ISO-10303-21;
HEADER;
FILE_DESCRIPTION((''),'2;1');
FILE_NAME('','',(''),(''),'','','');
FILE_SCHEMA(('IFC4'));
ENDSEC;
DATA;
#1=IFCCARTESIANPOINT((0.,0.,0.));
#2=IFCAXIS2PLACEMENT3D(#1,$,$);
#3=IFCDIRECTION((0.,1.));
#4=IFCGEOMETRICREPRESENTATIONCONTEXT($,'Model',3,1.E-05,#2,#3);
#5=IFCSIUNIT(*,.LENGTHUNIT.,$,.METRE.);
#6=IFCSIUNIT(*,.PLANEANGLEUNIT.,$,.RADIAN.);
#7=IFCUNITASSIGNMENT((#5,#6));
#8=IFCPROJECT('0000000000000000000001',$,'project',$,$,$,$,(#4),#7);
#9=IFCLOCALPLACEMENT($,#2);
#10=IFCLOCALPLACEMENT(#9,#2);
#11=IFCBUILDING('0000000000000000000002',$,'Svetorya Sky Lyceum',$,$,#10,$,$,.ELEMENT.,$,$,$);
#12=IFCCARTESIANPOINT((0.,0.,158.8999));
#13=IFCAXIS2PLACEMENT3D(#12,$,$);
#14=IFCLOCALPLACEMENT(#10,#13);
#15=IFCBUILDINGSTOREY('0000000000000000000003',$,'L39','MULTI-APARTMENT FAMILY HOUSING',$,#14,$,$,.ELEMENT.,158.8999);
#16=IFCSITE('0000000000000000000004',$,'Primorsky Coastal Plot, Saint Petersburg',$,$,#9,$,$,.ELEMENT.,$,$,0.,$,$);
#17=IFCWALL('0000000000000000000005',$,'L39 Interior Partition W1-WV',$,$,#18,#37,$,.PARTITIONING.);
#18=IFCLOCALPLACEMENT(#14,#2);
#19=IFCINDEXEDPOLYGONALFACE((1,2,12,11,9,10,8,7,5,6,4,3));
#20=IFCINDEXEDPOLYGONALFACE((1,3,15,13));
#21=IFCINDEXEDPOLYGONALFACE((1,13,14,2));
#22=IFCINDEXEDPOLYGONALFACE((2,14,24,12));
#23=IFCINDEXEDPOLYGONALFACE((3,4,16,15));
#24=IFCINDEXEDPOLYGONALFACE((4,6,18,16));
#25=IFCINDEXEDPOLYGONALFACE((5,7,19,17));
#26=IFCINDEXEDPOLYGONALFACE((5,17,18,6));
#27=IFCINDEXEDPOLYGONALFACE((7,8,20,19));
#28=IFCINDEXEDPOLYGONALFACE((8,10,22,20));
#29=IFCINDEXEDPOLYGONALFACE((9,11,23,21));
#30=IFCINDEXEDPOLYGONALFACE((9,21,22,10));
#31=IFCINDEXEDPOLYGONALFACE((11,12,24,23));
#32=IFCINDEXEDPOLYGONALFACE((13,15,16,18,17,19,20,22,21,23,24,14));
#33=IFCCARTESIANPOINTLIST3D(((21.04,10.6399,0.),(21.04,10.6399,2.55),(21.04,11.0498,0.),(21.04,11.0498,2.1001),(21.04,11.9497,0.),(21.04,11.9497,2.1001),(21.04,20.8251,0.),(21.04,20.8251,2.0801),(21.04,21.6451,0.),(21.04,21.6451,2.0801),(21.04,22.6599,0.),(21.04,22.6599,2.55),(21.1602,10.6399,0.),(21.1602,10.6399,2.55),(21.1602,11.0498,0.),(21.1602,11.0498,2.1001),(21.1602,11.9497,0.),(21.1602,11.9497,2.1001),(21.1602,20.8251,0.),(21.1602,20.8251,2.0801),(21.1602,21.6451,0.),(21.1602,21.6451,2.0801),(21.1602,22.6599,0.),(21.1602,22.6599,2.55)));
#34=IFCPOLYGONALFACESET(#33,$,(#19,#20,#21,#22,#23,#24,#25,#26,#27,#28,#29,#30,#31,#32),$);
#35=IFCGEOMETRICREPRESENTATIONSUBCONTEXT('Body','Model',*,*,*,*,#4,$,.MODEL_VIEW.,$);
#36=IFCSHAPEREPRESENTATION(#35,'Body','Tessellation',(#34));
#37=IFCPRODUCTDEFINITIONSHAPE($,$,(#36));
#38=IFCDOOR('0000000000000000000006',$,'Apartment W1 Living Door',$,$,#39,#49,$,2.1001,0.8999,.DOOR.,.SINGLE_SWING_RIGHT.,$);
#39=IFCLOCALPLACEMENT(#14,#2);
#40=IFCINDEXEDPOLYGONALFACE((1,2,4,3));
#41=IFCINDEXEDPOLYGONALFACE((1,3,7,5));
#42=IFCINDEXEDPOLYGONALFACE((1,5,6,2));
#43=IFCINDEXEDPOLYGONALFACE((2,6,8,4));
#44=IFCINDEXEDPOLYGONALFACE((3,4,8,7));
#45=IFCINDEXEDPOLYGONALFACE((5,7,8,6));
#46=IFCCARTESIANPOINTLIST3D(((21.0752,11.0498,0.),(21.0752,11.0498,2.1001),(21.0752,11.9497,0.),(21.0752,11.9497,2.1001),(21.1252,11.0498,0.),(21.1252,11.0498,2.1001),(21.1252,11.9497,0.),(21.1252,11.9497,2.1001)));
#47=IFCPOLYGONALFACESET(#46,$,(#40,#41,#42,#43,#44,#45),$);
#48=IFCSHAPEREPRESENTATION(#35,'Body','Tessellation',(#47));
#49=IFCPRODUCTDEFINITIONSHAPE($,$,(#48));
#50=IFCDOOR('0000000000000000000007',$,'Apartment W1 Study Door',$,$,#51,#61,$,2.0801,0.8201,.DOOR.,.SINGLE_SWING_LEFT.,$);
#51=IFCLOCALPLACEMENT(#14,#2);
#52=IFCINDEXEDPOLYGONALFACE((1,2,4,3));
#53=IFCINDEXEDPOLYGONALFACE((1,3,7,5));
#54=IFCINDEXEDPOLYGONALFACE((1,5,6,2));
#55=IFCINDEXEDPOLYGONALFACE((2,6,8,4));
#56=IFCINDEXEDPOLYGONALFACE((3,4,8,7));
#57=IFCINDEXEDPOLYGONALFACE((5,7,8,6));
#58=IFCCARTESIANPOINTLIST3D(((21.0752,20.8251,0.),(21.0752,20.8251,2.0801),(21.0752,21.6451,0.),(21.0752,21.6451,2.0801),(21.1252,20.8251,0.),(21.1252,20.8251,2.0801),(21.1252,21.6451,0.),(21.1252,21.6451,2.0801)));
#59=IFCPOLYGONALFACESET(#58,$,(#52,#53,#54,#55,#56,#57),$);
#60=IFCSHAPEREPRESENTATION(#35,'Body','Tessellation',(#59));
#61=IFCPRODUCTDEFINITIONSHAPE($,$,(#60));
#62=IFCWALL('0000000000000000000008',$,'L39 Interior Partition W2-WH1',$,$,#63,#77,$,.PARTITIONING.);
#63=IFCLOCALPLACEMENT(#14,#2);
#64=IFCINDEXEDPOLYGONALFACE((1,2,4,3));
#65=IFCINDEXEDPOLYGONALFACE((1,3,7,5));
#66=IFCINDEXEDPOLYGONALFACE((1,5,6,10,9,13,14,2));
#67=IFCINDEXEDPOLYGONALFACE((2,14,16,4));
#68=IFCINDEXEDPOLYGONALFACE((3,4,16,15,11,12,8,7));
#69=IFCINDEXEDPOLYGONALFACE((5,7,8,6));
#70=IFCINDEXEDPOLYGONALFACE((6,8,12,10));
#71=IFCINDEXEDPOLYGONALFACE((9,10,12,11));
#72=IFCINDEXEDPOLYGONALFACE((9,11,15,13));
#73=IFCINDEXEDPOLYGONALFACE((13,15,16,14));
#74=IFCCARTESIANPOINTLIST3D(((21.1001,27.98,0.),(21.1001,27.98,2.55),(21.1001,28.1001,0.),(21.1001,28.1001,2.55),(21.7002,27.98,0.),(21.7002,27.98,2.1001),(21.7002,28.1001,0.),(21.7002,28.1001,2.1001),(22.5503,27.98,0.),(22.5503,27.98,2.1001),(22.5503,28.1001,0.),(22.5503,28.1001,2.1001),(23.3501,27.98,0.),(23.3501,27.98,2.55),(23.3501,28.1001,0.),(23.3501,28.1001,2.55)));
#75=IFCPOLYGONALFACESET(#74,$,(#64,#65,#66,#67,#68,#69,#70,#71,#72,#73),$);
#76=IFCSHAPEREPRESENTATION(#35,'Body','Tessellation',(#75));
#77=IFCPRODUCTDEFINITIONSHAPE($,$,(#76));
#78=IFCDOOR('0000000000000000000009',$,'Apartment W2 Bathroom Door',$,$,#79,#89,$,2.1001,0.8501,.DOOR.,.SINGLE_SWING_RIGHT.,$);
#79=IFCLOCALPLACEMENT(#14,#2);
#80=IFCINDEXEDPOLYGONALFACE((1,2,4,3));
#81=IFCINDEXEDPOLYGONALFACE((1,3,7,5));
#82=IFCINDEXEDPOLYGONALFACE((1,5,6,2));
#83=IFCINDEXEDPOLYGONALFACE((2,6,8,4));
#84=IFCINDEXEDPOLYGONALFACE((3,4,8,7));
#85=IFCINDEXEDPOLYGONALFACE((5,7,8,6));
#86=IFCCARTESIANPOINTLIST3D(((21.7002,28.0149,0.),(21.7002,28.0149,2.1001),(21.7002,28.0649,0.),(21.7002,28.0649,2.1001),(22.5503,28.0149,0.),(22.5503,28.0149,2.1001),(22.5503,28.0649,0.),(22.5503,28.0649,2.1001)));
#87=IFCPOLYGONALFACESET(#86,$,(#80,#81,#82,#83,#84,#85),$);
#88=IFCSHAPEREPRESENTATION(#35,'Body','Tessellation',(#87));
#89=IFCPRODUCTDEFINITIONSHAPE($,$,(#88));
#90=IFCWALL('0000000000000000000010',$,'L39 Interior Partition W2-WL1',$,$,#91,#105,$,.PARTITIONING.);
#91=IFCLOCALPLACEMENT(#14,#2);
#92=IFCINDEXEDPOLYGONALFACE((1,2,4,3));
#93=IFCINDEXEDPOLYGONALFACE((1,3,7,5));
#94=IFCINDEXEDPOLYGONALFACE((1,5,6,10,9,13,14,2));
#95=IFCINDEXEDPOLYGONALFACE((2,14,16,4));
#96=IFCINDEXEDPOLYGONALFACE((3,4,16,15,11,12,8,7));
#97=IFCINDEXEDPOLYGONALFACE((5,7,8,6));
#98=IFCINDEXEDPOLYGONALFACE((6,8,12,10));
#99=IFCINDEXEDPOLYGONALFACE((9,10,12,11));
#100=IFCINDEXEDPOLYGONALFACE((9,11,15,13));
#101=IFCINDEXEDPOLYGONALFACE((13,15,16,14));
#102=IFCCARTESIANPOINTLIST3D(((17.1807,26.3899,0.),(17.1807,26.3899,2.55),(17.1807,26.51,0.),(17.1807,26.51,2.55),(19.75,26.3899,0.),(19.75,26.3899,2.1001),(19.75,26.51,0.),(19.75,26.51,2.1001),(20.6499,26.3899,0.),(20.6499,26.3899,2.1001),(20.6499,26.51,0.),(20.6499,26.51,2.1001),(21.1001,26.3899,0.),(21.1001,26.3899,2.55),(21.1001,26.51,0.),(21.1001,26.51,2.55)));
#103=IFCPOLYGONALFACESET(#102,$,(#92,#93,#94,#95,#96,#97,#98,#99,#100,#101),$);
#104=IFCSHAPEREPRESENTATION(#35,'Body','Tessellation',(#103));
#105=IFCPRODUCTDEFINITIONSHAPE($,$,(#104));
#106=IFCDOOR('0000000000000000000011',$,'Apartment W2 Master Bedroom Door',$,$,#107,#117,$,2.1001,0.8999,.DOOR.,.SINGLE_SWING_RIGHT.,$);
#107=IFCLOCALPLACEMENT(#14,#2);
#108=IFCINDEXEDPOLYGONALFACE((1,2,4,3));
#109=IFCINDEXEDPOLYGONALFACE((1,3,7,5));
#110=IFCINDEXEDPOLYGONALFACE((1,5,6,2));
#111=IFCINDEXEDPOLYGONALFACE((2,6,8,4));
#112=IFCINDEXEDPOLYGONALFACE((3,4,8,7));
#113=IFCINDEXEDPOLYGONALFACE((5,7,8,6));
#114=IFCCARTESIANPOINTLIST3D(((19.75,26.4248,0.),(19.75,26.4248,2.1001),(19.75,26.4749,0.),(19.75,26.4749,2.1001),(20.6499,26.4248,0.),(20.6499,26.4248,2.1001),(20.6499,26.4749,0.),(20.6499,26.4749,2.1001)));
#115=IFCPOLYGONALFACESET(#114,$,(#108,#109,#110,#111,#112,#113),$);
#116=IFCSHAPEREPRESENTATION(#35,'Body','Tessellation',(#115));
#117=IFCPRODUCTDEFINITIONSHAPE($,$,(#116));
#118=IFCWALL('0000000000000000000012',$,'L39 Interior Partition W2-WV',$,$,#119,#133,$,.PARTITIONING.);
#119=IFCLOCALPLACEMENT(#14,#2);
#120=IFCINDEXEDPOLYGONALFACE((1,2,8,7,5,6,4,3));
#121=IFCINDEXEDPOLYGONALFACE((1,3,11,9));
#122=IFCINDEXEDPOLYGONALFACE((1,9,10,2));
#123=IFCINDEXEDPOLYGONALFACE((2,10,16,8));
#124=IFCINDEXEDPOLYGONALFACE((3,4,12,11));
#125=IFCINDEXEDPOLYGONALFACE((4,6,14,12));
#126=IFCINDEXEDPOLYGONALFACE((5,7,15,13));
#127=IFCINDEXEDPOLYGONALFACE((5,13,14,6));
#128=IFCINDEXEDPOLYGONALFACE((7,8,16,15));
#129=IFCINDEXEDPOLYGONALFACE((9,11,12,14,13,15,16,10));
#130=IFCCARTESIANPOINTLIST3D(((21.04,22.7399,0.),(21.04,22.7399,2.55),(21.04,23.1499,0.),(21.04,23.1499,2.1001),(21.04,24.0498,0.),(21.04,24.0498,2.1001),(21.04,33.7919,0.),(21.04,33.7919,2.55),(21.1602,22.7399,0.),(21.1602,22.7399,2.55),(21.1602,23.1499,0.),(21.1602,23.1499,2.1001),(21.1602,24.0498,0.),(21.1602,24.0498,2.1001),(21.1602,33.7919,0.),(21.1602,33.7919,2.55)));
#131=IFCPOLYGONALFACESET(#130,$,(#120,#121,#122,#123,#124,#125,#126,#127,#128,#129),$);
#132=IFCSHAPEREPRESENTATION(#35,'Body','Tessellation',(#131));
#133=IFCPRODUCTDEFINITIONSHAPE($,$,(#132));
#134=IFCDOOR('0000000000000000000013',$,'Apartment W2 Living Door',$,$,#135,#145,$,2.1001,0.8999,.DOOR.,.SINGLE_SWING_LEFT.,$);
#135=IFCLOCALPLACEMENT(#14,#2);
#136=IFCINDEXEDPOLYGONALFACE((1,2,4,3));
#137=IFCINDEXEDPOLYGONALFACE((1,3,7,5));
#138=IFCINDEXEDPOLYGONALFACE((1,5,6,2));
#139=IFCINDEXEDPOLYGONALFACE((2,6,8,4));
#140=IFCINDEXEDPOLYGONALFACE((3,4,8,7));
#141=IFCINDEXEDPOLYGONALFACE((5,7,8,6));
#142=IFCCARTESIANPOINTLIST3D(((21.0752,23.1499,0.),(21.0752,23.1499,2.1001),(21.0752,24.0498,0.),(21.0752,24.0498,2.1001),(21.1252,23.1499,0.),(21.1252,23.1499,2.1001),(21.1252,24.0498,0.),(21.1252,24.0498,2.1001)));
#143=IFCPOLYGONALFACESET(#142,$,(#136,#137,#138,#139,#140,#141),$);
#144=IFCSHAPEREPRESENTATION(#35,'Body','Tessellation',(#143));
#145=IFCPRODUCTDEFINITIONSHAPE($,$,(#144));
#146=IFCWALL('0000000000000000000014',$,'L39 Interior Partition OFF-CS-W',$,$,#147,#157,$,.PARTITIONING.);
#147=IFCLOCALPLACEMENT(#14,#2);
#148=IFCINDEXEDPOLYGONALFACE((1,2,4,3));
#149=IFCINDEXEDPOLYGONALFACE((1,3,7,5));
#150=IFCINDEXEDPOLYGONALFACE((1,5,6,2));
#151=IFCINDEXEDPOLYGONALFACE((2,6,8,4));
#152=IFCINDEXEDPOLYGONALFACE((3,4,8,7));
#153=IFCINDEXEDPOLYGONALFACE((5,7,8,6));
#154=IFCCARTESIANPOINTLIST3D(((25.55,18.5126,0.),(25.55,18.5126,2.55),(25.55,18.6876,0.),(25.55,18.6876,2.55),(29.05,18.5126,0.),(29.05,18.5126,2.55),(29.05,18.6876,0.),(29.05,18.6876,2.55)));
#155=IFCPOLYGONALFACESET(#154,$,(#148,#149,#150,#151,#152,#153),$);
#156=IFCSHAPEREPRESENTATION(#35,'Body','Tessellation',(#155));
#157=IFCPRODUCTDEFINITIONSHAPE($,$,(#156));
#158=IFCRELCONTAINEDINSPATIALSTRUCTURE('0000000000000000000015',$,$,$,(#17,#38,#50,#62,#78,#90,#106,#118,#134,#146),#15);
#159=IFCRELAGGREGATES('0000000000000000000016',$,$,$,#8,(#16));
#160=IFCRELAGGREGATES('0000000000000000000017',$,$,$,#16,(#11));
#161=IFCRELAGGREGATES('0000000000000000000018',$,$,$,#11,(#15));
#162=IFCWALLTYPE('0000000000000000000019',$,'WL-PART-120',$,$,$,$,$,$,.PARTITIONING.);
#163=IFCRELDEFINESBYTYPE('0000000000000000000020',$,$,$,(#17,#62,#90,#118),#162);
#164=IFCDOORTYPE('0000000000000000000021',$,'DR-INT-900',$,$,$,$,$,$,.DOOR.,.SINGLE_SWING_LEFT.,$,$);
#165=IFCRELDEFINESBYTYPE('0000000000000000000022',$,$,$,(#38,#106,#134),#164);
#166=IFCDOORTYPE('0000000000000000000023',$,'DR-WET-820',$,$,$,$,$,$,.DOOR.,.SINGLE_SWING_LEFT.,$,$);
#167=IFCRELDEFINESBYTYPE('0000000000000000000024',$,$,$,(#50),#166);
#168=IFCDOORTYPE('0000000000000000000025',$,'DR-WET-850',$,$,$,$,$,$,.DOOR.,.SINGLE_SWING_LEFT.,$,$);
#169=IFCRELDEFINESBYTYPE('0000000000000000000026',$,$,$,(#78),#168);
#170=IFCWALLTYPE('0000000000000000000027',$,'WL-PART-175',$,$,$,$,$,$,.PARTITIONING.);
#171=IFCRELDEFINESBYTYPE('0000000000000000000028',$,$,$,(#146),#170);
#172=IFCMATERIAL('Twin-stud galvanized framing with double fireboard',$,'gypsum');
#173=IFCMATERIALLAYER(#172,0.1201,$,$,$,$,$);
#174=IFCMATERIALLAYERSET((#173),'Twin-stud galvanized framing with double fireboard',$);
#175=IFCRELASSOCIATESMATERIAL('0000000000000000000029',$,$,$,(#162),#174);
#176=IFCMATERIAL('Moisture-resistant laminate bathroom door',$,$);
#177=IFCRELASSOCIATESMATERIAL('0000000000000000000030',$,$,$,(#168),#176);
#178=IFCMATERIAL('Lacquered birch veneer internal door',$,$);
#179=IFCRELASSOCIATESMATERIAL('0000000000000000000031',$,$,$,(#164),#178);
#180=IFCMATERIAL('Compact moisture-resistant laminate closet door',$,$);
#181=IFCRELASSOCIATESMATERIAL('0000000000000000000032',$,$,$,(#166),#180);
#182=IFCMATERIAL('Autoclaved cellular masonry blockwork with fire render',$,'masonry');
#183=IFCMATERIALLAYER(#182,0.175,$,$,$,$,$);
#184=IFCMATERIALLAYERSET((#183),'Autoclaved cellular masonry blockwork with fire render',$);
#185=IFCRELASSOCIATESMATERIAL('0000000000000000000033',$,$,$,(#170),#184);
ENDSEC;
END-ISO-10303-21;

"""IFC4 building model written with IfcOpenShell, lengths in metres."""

from ifc_helpers import new_model, si_unit, direction, frame, frame_2d, origin, place, context, subcontext, project, spatial, rectangle, extrude, material, layer, layer_set, type_object, element, fill, save


model = new_model("IFC4")

# Units and contexts
model_context = context("Model", 3, precision=1e-05, world=origin(), true_north=direction((0.0, 1.0)))
body_context = subcontext(model_context, "Body", "Model", "MODEL_VIEW")
ifc_project = project(units=[si_unit("LENGTHUNIT", "METRE"), si_unit("PLANEANGLEUNIT", "RADIAN")], contexts=[model_context])

# Site, building, storey
site_placement = place(None, origin())
site = spatial("IfcSite", under=ifc_project, at=site_placement, Name="Primorsky Coastal Plot, Saint Petersburg", CompositionType="ELEMENT", RefElevation=0.0)
building_placement = place(site_placement, origin())
building = spatial("IfcBuilding", under=site, at=building_placement, Name="Svetorya Sky Lyceum", CompositionType="ELEMENT")
storey_placement = place(building_placement, frame((0.0, 0.0, 158.8999)))
storey = spatial("IfcBuildingStorey", under=building, at=storey_placement, Name="L39", Description="MULTI-APARTMENT FAMILY HOUSING", CompositionType="ELEMENT", Elevation=158.8999)

# Shared definitions
ifc_material_1 = material(Name="Twin-stud galvanized framing with double fireboard", Category="gypsum")
ifc_layer_1 = layer(ifc_material_1, 0.1201)
ifc_layer_set_1 = layer_set([ifc_layer_1], Name="Twin-stud galvanized framing with double fireboard")
wall_type_1 = type_object("IfcWallType", Name="WL-PART-120", PredefinedType="PARTITIONING", material=ifc_layer_set_1)
ifc_material_2 = material(Name="Moisture-resistant laminate bathroom door")
door_type_1 = type_object("IfcDoorType", Name="DR-WET-850", OperationType="SINGLE_SWING_LEFT", PredefinedType="DOOR", material=ifc_material_2)
ifc_material_3 = material(Name="Lacquered birch veneer internal door")
door_type_2 = type_object("IfcDoorType", Name="DR-INT-900", OperationType="SINGLE_SWING_LEFT", PredefinedType="DOOR", material=ifc_material_3)

# Wall, openings, doors
wall_1_placement = place(storey_placement, frame((21.1001, 10.6399, 0.0), z_axis=(0.0, 0.0, 1.0), x_axis=(0.0, 1.0, 0.0)))
wall_1 = element("IfcWall", 1, at=wall_1_placement, inside=storey, type_object=wall_type_1, Name="L39 Interior Partition W1-WV", PredefinedType="PARTITIONING", context=body_context, shape_type="SweptSolid", body=[
    extrude(rectangle(XDim=12.02, YDim=0.1201, at=frame_2d((6.01, 0.0))), origin(), (0.0, 0.0, 1.0), 2.55),
])
opening_1_placement = place(wall_1_placement, frame((0.4099, 0.0, 0.0)))
opening_1 = element("IfcOpeningElement", 2, at=opening_1_placement, cuts=wall_1, PredefinedType="OPENING", context=body_context, shape_type="SweptSolid", body=[
    extrude(rectangle(XDim=0.8999, YDim=2.1001, at=frame_2d((0.45, 1.05))), frame((0.0, 0.0701, 0.0), z_axis=(0.0, -1.0, 0.0), x_axis=(1.0, 0.0, 0.0)), (0.0, 0.0, 1.0), 0.1401),
])
opening_2_placement = place(wall_1_placement, frame((10.1851, 0.0, 0.0)))
opening_2 = element("IfcOpeningElement", 3, at=opening_2_placement, cuts=wall_1, PredefinedType="OPENING", context=body_context, shape_type="SweptSolid", body=[
    extrude(rectangle(XDim=0.8201, YDim=2.0801, at=frame_2d((0.4102, 1.04))), frame((0.0, 0.0701, 0.0), z_axis=(0.0, -1.0, 0.0), x_axis=(1.0, 0.0, 0.0)), (0.0, 0.0, 1.0), 0.1401),
])
door_1_placement = place(opening_1_placement, origin())
door_1 = element("IfcDoor", 4, at=door_1_placement, inside=storey, type_object=door_type_2, Name="Apartment W1 Living Door", OperationType="SINGLE_SWING_RIGHT", OverallHeight=2.1001, OverallWidth=0.8999, PredefinedType="DOOR", context=body_context, shape_type="SweptSolid", body=[
    extrude(rectangle(XDim=0.8999, YDim=2.1001, at=frame_2d((0.45, 1.05))), frame((0.0, 0.0249, 0.0), z_axis=(0.0, -1.0, 0.0), x_axis=(1.0, 0.0, 0.0)), (0.0, 0.0, 1.0), 0.05),
])
fill(opening_1, door_1)
ifc_material_4 = material(Name="Compact moisture-resistant laminate closet door")
door_type_3 = type_object("IfcDoorType", Name="DR-WET-820", OperationType="SINGLE_SWING_LEFT", PredefinedType="DOOR", material=ifc_material_4)
door_2_placement = place(opening_2_placement, origin())
door_2 = element("IfcDoor", 5, at=door_2_placement, inside=storey, type_object=door_type_3, Name="Apartment W1 Study Door", OperationType="SINGLE_SWING_LEFT", OverallHeight=2.0801, OverallWidth=0.8201, PredefinedType="DOOR", context=body_context, shape_type="SweptSolid", body=[
    extrude(rectangle(XDim=0.8201, YDim=2.0801, at=frame_2d((0.4102, 1.04))), frame((0.0, 0.0249, 0.0), z_axis=(0.0, -1.0, 0.0), x_axis=(1.0, 0.0, 0.0)), (0.0, 0.0, 1.0), 0.05),
])
fill(opening_2, door_2)

# Walls, openings, doors
wall_2_placement = place(storey_placement, frame((21.1001, 28.04, 0.0), z_axis=(0.0, 0.0, 1.0), x_axis=(1.0, 0.0, 0.0)))
wall_2 = element("IfcWall", 6, at=wall_2_placement, inside=storey, type_object=wall_type_1, Name="L39 Interior Partition W2-WH1", PredefinedType="PARTITIONING", context=body_context, shape_type="SweptSolid", body=[
    extrude(rectangle(XDim=2.25, YDim=0.1201, at=frame_2d((1.125, 0.0))), origin(), (0.0, 0.0, 1.0), 2.55),
])
opening_3_placement = place(wall_2_placement, frame((0.6001, 0.0, 0.0)))
opening_3 = element("IfcOpeningElement", 7, at=opening_3_placement, cuts=wall_2, PredefinedType="OPENING", context=body_context, shape_type="SweptSolid", body=[
    extrude(rectangle(XDim=0.8501, YDim=2.1001, at=frame_2d((0.425, 1.05))), frame((0.0, 0.0701, 0.0), z_axis=(0.0, -1.0, 0.0), x_axis=(1.0, 0.0, 0.0)), (0.0, 0.0, 1.0), 0.1401),
])
door_3_placement = place(opening_3_placement, origin())
door_3 = element("IfcDoor", 8, at=door_3_placement, inside=storey, type_object=door_type_1, Name="Apartment W2 Bathroom Door", OperationType="SINGLE_SWING_RIGHT", OverallHeight=2.1001, OverallWidth=0.8501, PredefinedType="DOOR", context=body_context, shape_type="SweptSolid", body=[
    extrude(rectangle(XDim=0.8501, YDim=2.1001, at=frame_2d((0.425, 1.05))), frame((0.0, 0.0249, 0.0), z_axis=(0.0, -1.0, 0.0), x_axis=(1.0, 0.0, 0.0)), (0.0, 0.0, 1.0), 0.05),
])
fill(opening_3, door_3)
wall_3_placement = place(storey_placement, frame((17.1807, 26.45, 0.0), z_axis=(0.0, 0.0, 1.0), x_axis=(1.0, 0.0, 0.0)))
wall_3 = element("IfcWall", 9, at=wall_3_placement, inside=storey, type_object=wall_type_1, Name="L39 Interior Partition W2-WL1", PredefinedType="PARTITIONING", context=body_context, shape_type="SweptSolid", body=[
    extrude(rectangle(XDim=3.9194, YDim=0.1201, at=frame_2d((1.9597, 0.0))), origin(), (0.0, 0.0, 1.0), 2.55),
])
opening_4_placement = place(wall_3_placement, frame((2.5693, 0.0, 0.0)))
opening_4 = element("IfcOpeningElement", 10, at=opening_4_placement, cuts=wall_3, PredefinedType="OPENING", context=body_context, shape_type="SweptSolid", body=[
    extrude(rectangle(XDim=0.8999, YDim=2.1001, at=frame_2d((0.45, 1.05))), frame((0.0, 0.0701, 0.0), z_axis=(0.0, -1.0, 0.0), x_axis=(1.0, 0.0, 0.0)), (0.0, 0.0, 1.0), 0.1401),
])
door_4_placement = place(opening_4_placement, origin())
door_4 = element("IfcDoor", 11, at=door_4_placement, inside=storey, type_object=door_type_2, Name="Apartment W2 Master Bedroom Door", OperationType="SINGLE_SWING_RIGHT", OverallHeight=2.1001, OverallWidth=0.8999, PredefinedType="DOOR", context=body_context, shape_type="SweptSolid", body=[
    extrude(rectangle(XDim=0.8999, YDim=2.1001, at=frame_2d((0.45, 1.05))), frame((0.0, 0.0249, 0.0), z_axis=(0.0, -1.0, 0.0), x_axis=(1.0, 0.0, 0.0)), (0.0, 0.0, 1.0), 0.05),
])
fill(opening_4, door_4)
wall_4_placement = place(storey_placement, frame((21.1001, 22.74, 0.0), z_axis=(0.0, 0.0, 1.0), x_axis=(0.0, 1.0, 0.0)))
wall_4 = element("IfcWall", 12, at=wall_4_placement, inside=storey, type_object=wall_type_1, Name="L39 Interior Partition W2-WV", PredefinedType="PARTITIONING", context=body_context, shape_type="SweptSolid", body=[
    extrude(rectangle(XDim=11.052, YDim=0.1201, at=frame_2d((5.5259, 0.0))), origin(), (0.0, 0.0, 1.0), 2.55),
])
opening_5_placement = place(wall_4_placement, frame((0.4099, 0.0, 0.0)))
opening_5 = element("IfcOpeningElement", 13, at=opening_5_placement, cuts=wall_4, PredefinedType="OPENING", context=body_context, shape_type="SweptSolid", body=[
    extrude(rectangle(XDim=0.8999, YDim=2.1001, at=frame_2d((0.45, 1.05))), frame((0.0, 0.0701, 0.0), z_axis=(0.0, -1.0, 0.0), x_axis=(1.0, 0.0, 0.0)), (0.0, 0.0, 1.0), 0.1401),
])
door_5_placement = place(opening_5_placement, origin())
door_5 = element("IfcDoor", 14, at=door_5_placement, inside=storey, type_object=door_type_2, Name="Apartment W2 Living Door", OperationType="SINGLE_SWING_LEFT", OverallHeight=2.1001, OverallWidth=0.8999, PredefinedType="DOOR", context=body_context, shape_type="SweptSolid", body=[
    extrude(rectangle(XDim=0.8999, YDim=2.1001, at=frame_2d((0.45, 1.05))), frame((0.0, 0.0249, 0.0), z_axis=(0.0, -1.0, 0.0), x_axis=(1.0, 0.0, 0.0)), (0.0, 0.0, 1.0), 0.05),
])
fill(opening_5, door_5)

# Wall
ifc_material_5 = material(Name="Autoclaved cellular masonry blockwork with fire render", Category="masonry")
ifc_layer_2 = layer(ifc_material_5, 0.175)
ifc_layer_set_2 = layer_set([ifc_layer_2], Name="Autoclaved cellular masonry blockwork with fire render")
wall_type_2 = type_object("IfcWallType", Name="WL-PART-175", PredefinedType="PARTITIONING", material=ifc_layer_set_2)
wall_5_placement = place(storey_placement, frame((25.55, 18.6001, 0.0), z_axis=(0.0, 0.0, 1.0), x_axis=(1.0, 0.0, 0.0)))
element("IfcWall", 15, at=wall_5_placement, inside=storey, type_object=wall_type_2, Name="L39 Interior Partition OFF-CS-W", PredefinedType="PARTITIONING", context=body_context, shape_type="SweptSolid", body=[
    extrude(rectangle(XDim=3.5, YDim=0.175, at=frame_2d((1.75, 0.0))), origin(), (0.0, 0.0, 1.0), 2.55),
])

save(model, "model.ifc")
